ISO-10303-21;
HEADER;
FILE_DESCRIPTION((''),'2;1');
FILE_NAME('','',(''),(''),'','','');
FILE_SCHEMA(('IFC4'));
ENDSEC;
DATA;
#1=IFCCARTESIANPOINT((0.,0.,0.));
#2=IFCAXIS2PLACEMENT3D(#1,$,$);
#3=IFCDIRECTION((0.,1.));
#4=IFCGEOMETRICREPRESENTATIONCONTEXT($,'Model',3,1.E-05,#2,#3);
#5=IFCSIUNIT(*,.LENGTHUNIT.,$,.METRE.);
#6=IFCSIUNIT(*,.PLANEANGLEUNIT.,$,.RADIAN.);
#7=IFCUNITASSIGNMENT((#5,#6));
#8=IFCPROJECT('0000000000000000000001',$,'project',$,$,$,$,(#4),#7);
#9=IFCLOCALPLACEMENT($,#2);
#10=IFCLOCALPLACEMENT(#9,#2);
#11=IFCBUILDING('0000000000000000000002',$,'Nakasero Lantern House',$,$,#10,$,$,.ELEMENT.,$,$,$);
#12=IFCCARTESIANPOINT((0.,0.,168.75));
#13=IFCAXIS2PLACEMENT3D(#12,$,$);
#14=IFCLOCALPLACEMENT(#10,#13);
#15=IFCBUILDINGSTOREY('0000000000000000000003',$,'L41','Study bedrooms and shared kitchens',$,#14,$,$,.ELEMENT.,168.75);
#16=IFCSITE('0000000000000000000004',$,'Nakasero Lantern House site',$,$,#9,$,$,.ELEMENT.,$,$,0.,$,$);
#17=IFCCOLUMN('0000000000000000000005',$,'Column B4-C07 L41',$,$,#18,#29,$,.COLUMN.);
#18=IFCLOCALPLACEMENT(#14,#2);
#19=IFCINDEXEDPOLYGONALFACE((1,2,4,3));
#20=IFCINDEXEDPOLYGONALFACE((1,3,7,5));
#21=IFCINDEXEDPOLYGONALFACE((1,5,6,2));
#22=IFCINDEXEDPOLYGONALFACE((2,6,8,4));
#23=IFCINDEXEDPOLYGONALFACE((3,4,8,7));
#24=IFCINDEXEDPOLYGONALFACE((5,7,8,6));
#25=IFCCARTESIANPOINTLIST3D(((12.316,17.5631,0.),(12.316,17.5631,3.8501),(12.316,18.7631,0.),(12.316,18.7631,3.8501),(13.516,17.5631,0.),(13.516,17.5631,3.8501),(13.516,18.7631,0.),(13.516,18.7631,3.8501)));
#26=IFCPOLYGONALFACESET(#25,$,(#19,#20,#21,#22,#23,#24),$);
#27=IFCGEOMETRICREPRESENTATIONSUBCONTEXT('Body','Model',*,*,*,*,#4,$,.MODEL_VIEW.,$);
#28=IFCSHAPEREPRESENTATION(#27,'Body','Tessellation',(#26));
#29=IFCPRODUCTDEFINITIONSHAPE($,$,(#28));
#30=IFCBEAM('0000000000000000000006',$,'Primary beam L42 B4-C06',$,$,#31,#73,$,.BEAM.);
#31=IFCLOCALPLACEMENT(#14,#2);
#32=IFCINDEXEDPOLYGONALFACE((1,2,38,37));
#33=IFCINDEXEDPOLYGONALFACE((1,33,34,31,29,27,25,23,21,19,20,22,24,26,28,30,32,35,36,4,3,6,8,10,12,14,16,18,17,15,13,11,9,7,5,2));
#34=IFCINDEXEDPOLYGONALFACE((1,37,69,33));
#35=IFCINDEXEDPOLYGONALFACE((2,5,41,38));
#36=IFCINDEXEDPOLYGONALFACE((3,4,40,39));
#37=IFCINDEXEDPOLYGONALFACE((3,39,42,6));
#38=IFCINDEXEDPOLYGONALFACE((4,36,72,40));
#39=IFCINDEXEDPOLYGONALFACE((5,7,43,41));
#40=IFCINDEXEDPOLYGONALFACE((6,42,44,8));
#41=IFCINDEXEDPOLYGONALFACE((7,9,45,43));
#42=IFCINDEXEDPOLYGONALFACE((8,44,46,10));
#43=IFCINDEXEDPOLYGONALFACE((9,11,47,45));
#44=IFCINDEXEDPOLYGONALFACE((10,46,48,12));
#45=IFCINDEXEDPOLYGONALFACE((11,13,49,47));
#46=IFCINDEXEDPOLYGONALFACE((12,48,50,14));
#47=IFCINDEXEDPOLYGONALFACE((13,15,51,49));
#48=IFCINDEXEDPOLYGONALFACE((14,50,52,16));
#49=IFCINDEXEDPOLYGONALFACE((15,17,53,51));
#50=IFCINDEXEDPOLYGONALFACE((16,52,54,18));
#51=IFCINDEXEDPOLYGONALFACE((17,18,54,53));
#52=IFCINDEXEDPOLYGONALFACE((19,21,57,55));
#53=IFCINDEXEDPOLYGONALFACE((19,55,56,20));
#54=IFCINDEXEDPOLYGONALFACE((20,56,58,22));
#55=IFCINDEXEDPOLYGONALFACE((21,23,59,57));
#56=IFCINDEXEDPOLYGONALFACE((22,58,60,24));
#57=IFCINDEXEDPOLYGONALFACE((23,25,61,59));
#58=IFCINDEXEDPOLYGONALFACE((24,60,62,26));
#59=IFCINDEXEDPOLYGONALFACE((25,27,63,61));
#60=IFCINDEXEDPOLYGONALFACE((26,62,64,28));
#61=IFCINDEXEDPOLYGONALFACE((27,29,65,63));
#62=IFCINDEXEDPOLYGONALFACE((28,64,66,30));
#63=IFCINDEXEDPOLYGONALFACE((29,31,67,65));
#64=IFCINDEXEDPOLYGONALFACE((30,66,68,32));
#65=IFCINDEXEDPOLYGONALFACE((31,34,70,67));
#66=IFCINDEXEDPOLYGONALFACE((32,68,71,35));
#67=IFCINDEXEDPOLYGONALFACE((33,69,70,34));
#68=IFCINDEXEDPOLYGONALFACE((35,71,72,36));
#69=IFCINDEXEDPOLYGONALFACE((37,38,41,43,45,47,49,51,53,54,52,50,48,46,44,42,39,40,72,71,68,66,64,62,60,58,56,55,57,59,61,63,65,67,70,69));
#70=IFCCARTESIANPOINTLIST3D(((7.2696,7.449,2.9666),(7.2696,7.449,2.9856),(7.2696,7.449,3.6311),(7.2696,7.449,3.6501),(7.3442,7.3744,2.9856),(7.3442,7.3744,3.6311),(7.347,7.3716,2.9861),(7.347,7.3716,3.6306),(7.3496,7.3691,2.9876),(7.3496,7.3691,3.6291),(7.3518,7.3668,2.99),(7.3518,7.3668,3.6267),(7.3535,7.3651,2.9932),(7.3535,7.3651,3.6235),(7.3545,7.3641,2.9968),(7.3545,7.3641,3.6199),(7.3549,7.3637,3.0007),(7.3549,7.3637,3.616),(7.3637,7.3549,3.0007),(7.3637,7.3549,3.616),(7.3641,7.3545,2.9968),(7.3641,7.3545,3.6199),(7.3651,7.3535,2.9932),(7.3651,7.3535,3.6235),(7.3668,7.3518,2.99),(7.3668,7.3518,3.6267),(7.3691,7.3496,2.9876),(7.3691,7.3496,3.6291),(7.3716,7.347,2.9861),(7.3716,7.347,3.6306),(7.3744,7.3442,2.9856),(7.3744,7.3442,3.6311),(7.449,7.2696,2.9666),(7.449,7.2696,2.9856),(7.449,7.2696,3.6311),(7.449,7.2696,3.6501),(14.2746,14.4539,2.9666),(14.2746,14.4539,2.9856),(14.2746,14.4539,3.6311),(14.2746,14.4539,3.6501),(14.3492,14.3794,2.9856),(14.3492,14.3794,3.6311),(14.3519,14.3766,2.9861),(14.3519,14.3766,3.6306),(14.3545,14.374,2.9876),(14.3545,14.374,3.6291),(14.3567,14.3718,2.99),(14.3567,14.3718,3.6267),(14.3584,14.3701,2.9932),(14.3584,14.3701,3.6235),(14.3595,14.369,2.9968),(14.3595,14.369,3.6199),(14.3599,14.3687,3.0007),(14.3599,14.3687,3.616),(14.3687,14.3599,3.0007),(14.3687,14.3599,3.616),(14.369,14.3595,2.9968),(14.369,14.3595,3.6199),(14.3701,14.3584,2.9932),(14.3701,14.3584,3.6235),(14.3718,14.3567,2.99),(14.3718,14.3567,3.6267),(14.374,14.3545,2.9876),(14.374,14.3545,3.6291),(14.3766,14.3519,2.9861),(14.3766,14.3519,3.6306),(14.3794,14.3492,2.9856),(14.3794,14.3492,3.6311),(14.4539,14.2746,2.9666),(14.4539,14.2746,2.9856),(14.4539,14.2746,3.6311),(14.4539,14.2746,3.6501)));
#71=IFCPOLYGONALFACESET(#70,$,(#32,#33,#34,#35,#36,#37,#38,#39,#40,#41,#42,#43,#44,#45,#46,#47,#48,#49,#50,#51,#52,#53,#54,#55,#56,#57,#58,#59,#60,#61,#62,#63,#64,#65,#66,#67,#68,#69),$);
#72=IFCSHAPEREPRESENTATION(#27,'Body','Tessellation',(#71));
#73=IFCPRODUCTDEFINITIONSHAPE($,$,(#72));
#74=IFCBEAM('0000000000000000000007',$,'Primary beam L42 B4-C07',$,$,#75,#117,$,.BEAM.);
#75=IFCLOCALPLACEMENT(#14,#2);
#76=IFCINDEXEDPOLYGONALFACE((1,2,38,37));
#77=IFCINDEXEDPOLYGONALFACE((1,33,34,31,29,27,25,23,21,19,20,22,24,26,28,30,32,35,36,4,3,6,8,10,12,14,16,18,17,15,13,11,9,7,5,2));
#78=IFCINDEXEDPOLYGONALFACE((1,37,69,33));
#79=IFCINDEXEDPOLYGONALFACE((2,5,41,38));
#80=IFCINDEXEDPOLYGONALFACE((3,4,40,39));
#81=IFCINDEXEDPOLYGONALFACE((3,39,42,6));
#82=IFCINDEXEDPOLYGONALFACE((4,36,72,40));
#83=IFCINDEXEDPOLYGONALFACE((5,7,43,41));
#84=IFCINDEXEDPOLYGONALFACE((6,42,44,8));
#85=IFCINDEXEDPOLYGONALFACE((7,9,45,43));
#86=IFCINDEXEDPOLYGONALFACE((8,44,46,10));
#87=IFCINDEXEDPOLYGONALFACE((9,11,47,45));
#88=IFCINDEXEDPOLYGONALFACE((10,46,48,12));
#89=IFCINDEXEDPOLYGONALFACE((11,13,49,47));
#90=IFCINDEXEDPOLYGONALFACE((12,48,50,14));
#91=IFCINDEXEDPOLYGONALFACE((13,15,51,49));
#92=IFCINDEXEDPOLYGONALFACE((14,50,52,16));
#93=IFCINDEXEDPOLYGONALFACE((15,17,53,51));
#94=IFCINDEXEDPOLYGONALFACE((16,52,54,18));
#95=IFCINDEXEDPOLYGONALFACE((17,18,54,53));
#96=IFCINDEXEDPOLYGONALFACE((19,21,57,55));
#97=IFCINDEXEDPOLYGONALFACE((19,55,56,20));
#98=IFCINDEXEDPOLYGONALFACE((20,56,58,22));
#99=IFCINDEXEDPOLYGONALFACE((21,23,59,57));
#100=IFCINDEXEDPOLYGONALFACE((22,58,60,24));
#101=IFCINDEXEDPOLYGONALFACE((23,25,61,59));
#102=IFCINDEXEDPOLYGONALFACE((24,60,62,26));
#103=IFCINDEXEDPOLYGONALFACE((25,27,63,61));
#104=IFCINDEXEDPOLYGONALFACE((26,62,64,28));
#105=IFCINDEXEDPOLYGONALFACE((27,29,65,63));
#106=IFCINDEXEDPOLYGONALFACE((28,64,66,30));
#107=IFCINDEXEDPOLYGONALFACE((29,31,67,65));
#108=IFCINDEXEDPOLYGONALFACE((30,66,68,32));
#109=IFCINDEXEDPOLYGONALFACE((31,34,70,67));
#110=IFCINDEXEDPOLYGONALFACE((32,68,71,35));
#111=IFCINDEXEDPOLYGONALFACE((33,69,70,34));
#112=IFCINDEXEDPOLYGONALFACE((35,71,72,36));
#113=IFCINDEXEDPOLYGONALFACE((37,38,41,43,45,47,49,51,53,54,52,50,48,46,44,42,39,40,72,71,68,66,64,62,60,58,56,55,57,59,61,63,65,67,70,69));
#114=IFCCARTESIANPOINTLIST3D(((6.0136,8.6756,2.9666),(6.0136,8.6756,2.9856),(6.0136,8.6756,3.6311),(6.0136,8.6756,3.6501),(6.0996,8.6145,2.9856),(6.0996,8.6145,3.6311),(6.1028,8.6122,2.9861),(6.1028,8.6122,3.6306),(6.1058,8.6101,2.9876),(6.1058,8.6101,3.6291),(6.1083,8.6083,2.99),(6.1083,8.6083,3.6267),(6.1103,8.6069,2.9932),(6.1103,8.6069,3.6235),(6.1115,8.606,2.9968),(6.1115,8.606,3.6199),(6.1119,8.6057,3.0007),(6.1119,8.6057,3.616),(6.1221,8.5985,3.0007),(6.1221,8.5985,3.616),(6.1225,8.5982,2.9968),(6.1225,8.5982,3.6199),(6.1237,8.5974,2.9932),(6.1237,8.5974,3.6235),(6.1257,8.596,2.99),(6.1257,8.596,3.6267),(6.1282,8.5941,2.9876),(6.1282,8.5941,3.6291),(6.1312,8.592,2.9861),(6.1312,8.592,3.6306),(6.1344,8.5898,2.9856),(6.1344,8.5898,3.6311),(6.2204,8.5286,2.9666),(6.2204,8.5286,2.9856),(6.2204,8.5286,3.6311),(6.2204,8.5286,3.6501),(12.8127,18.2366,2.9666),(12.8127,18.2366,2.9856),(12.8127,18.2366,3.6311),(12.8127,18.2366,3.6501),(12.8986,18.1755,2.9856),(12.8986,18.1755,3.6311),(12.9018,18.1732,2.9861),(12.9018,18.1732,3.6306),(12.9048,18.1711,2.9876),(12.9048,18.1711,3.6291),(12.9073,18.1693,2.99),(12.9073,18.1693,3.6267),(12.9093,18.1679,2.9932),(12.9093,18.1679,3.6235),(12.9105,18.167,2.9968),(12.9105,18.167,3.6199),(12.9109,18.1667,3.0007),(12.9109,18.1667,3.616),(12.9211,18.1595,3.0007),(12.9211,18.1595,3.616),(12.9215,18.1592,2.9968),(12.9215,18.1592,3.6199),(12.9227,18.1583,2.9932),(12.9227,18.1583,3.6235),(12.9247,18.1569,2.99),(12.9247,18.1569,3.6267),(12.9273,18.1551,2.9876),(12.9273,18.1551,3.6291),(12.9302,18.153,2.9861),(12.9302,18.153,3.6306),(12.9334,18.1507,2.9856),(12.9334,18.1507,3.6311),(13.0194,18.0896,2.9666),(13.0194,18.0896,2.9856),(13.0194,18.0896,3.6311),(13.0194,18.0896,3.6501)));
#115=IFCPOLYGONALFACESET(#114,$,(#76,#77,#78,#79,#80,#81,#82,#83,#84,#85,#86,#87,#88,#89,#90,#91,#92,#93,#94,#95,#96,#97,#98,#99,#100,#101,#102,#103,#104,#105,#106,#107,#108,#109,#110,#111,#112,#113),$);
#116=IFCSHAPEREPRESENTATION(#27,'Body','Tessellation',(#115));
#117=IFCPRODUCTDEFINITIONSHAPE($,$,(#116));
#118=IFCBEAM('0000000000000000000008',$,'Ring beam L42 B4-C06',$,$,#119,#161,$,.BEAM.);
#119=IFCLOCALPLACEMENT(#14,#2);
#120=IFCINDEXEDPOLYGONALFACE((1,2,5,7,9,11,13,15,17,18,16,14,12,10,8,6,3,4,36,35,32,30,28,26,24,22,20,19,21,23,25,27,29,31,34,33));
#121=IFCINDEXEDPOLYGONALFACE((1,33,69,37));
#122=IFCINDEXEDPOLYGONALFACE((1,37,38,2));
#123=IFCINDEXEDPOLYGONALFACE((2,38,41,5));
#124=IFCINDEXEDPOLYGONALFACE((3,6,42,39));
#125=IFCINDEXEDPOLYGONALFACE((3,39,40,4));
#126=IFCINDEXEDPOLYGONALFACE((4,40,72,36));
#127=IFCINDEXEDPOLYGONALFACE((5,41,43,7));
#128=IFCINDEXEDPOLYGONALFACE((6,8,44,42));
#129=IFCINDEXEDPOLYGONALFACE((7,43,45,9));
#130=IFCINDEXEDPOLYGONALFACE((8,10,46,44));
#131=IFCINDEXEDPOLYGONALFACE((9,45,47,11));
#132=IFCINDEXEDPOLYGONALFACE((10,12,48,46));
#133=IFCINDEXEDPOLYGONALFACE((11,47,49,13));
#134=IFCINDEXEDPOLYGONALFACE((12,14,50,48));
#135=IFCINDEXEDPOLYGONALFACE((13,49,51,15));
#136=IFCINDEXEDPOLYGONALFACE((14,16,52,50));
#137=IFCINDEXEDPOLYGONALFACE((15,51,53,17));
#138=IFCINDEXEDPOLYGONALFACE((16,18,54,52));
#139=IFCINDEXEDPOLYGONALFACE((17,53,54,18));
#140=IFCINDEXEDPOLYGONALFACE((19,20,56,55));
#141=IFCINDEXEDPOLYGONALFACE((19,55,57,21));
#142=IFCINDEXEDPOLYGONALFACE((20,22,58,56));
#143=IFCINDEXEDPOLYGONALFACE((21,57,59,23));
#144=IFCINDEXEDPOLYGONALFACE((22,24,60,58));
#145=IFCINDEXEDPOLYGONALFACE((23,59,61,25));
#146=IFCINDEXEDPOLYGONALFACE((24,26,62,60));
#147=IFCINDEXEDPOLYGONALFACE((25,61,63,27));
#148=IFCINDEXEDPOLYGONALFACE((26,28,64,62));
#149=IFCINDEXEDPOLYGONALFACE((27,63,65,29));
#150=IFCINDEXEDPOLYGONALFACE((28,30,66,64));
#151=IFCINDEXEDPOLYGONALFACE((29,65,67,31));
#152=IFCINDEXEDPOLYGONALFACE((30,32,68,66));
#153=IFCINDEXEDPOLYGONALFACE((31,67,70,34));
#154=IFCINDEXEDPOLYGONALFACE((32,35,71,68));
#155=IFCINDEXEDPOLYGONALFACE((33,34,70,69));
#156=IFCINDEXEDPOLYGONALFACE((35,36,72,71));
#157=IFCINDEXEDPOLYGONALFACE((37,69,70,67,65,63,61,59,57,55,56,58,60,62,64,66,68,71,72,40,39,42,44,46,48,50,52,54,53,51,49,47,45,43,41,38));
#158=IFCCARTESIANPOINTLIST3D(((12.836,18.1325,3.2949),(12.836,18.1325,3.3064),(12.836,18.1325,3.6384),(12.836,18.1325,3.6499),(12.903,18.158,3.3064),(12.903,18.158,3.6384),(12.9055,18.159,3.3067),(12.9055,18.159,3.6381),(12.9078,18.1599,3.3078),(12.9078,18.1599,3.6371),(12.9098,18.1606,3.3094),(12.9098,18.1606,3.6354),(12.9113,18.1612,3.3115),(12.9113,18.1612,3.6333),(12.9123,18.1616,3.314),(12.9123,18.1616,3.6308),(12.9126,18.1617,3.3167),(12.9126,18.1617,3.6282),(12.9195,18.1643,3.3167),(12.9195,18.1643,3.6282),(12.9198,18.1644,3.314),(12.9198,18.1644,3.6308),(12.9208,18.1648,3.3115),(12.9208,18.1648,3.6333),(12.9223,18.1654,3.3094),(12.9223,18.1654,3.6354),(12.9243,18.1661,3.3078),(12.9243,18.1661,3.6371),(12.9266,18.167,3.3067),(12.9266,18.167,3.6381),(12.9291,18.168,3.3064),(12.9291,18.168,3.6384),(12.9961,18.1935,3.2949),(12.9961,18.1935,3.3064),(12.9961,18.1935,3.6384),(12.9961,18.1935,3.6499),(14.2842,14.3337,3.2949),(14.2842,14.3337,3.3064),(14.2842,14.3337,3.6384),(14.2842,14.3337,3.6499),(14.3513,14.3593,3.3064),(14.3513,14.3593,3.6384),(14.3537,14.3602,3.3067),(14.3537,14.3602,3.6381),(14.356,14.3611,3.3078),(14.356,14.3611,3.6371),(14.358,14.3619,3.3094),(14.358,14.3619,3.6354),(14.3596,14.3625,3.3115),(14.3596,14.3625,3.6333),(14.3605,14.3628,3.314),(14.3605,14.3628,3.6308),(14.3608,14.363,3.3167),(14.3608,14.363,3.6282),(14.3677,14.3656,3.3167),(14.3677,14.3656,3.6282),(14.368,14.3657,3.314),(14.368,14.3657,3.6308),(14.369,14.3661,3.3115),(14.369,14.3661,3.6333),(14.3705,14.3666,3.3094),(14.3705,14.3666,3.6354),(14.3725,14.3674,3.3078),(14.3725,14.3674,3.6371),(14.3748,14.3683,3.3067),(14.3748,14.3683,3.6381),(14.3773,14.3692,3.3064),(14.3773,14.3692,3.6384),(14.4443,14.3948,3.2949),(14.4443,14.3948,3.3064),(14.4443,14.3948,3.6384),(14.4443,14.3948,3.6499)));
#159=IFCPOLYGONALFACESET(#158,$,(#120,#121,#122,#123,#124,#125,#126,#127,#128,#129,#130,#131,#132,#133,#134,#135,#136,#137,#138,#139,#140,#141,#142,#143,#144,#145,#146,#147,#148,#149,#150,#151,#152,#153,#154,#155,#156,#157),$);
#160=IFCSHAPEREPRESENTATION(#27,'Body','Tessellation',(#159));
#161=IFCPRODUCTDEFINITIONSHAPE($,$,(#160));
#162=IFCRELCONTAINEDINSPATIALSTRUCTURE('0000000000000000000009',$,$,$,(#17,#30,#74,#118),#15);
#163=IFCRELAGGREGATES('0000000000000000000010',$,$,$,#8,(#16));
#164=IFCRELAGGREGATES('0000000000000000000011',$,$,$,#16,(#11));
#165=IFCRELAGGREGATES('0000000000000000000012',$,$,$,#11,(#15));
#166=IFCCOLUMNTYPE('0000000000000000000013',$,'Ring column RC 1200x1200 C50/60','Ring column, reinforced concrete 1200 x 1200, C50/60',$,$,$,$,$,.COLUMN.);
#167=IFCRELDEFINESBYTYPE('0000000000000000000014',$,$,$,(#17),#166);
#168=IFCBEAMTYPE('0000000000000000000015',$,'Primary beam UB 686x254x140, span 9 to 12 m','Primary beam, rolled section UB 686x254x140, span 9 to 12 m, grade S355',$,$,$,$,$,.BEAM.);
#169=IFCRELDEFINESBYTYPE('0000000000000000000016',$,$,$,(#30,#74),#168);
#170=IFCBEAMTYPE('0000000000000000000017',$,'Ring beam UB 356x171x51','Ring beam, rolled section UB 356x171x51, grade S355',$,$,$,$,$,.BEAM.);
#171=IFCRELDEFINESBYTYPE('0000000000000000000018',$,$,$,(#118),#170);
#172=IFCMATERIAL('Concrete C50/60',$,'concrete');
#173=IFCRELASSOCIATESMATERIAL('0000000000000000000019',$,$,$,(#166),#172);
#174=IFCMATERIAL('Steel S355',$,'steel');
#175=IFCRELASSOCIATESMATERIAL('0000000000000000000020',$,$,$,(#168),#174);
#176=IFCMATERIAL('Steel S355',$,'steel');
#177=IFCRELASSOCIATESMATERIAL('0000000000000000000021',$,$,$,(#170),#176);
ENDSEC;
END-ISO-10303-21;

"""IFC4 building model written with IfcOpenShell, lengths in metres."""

from ifc_helpers import new_model, si_unit, direction, frame, origin, origin_2d, place, context, subcontext, project, spatial, rectangle, i_section, extrude, material, material_profile, profile_set, type_object, element, save


model = new_model("IFC4")

# Units and contexts
model_context = context("Model", 3, precision=1e-05, world=origin(), true_north=direction((0.0, 1.0)))
body_context = subcontext(model_context, "Body", "Model", "MODEL_VIEW")
ifc_project = project(units=[si_unit("LENGTHUNIT", "METRE"), si_unit("PLANEANGLEUNIT", "RADIAN")], contexts=[model_context])

# Site, building, storey
site_placement = place(None, origin())
site = spatial("IfcSite", under=ifc_project, at=site_placement, Name="Nakasero Lantern House site", CompositionType="ELEMENT", RefElevation=0.0)
building_placement = place(site_placement, origin())
building = spatial("IfcBuilding", under=site, at=building_placement, Name="Nakasero Lantern House", CompositionType="ELEMENT")
storey_placement = place(building_placement, frame((0.0, 0.0, 168.75)))
storey = spatial("IfcBuildingStorey", under=building, at=storey_placement, Name="L41", Description="Study bedrooms and shared kitchens", CompositionType="ELEMENT", Elevation=168.75)

# Column
ifc_material_1 = material(Name="Concrete C50/60", Category="concrete")
ifc_material_profile_1 = material_profile(ifc_material_1, rectangle(XDim=1.2, YDim=1.2, at=origin_2d()), Name="RC 1200x1200")
ifc_profile_set_1 = profile_set([ifc_material_profile_1], Name="Concrete C50/60")
column_type = type_object("IfcColumnType", Name="Ring column RC 1200x1200 C50/60", Description="Ring column, reinforced concrete 1200 x 1200, C50/60", PredefinedType="COLUMN", material=ifc_profile_set_1)
column_placement = place(storey_placement, frame((12.916, 18.1631, 0.0), z_axis=(0.0, 0.0, 1.0), x_axis=(1.0, 0.0, 0.0)))
element("IfcColumn", 1, at=column_placement, inside=storey, type_object=column_type, Name="Column B4-C07 L41", PredefinedType="COLUMN", context=body_context, shape_type="SweptSolid", body=[
    extrude(rectangle(XDim=1.2, YDim=1.2, at=origin_2d()), origin(), (0.0, 0.0, 1.0), 3.8501),
])

# Beams
ifc_material_2 = material(Name="Steel S355", Category="steel")
ifc_material_profile_2 = material_profile(ifc_material_2, i_section(OverallWidth=0.2537, OverallDepth=0.6836, WebThickness=0.0125, FlangeThickness=0.019, FilletRadius=0.0151, at=origin_2d()), Name="UB 686x254x140")
ifc_profile_set_2 = profile_set([ifc_material_profile_2], Name="Steel S355")
beam_type_1 = type_object("IfcBeamType", Name="Primary beam UB 686x254x140, span 9 to 12 m", Description="Primary beam, rolled section UB 686x254x140, span 9 to 12 m, grade S355", PredefinedType="BEAM", material=ifc_profile_set_2)
beam_1_placement = place(storey_placement, frame((14.3643, 14.3643, 3.3083), z_axis=(-0.707107, -0.707107, 0.0), x_axis=(0.707107, -0.707107, 0.0)))
element("IfcBeam", 2, at=beam_1_placement, inside=storey, type_object=beam_type_1, Name="Primary beam L42 B4-C06", PredefinedType="BEAM", context=body_context, shape_type="SweptSolid", body=[
    extrude(i_section(OverallWidth=0.2537, OverallDepth=0.6836, WebThickness=0.0125, FlangeThickness=0.019, FilletRadius=0.0151, at=origin_2d()), origin(), (0.0, 0.0, 1.0), 9.9065),
])
beam_2_placement = place(storey_placement, frame((12.916, 18.1631, 3.3083), z_axis=(-0.57953, -0.814951, 0.0), x_axis=(0.814951, -0.57953, 0.0)))
element("IfcBeam", 3, at=beam_2_placement, inside=storey, type_object=beam_type_1, Name="Primary beam L42 B4-C07", PredefinedType="BEAM", context=body_context, shape_type="SweptSolid", body=[
    extrude(i_section(OverallWidth=0.2537, OverallDepth=0.6836, WebThickness=0.0125, FlangeThickness=0.019, FilletRadius=0.0151, at=origin_2d()), origin(), (0.0, 0.0, 1.0), 11.7319),
])
ifc_material_3 = material(Name="Steel S355", Category="steel")
ifc_material_profile_3 = material_profile(ifc_material_3, i_section(OverallWidth=0.1714, OverallDepth=0.355, WebThickness=0.0073, FlangeThickness=0.0115, FilletRadius=0.0103, at=origin_2d()), Name="UB 356x171x51")
ifc_profile_set_3 = profile_set([ifc_material_profile_3], Name="Steel S355")
beam_type_2 = type_object("IfcBeamType", Name="Ring beam UB 356x171x51", Description="Ring beam, rolled section UB 356x171x51, grade S355", PredefinedType="BEAM", material=ifc_profile_set_3)
beam_3_placement = place(storey_placement, frame((14.3643, 14.3643, 3.4724), z_axis=(-0.356225, 0.9344, 0.0), x_axis=(-0.9344, -0.356225, 0.0)))
element("IfcBeam", 4, at=beam_3_placement, inside=storey, type_object=beam_type_2, Name="Ring beam L42 B4-C06", PredefinedType="BEAM", context=body_context, shape_type="SweptSolid", body=[
    extrude(i_section(OverallWidth=0.1714, OverallDepth=0.355, WebThickness=0.0073, FlangeThickness=0.0115, FilletRadius=0.0103, at=origin_2d()), origin(), (0.0, 0.0, 1.0), 4.0654),
])

save(model, "model.ifc")
